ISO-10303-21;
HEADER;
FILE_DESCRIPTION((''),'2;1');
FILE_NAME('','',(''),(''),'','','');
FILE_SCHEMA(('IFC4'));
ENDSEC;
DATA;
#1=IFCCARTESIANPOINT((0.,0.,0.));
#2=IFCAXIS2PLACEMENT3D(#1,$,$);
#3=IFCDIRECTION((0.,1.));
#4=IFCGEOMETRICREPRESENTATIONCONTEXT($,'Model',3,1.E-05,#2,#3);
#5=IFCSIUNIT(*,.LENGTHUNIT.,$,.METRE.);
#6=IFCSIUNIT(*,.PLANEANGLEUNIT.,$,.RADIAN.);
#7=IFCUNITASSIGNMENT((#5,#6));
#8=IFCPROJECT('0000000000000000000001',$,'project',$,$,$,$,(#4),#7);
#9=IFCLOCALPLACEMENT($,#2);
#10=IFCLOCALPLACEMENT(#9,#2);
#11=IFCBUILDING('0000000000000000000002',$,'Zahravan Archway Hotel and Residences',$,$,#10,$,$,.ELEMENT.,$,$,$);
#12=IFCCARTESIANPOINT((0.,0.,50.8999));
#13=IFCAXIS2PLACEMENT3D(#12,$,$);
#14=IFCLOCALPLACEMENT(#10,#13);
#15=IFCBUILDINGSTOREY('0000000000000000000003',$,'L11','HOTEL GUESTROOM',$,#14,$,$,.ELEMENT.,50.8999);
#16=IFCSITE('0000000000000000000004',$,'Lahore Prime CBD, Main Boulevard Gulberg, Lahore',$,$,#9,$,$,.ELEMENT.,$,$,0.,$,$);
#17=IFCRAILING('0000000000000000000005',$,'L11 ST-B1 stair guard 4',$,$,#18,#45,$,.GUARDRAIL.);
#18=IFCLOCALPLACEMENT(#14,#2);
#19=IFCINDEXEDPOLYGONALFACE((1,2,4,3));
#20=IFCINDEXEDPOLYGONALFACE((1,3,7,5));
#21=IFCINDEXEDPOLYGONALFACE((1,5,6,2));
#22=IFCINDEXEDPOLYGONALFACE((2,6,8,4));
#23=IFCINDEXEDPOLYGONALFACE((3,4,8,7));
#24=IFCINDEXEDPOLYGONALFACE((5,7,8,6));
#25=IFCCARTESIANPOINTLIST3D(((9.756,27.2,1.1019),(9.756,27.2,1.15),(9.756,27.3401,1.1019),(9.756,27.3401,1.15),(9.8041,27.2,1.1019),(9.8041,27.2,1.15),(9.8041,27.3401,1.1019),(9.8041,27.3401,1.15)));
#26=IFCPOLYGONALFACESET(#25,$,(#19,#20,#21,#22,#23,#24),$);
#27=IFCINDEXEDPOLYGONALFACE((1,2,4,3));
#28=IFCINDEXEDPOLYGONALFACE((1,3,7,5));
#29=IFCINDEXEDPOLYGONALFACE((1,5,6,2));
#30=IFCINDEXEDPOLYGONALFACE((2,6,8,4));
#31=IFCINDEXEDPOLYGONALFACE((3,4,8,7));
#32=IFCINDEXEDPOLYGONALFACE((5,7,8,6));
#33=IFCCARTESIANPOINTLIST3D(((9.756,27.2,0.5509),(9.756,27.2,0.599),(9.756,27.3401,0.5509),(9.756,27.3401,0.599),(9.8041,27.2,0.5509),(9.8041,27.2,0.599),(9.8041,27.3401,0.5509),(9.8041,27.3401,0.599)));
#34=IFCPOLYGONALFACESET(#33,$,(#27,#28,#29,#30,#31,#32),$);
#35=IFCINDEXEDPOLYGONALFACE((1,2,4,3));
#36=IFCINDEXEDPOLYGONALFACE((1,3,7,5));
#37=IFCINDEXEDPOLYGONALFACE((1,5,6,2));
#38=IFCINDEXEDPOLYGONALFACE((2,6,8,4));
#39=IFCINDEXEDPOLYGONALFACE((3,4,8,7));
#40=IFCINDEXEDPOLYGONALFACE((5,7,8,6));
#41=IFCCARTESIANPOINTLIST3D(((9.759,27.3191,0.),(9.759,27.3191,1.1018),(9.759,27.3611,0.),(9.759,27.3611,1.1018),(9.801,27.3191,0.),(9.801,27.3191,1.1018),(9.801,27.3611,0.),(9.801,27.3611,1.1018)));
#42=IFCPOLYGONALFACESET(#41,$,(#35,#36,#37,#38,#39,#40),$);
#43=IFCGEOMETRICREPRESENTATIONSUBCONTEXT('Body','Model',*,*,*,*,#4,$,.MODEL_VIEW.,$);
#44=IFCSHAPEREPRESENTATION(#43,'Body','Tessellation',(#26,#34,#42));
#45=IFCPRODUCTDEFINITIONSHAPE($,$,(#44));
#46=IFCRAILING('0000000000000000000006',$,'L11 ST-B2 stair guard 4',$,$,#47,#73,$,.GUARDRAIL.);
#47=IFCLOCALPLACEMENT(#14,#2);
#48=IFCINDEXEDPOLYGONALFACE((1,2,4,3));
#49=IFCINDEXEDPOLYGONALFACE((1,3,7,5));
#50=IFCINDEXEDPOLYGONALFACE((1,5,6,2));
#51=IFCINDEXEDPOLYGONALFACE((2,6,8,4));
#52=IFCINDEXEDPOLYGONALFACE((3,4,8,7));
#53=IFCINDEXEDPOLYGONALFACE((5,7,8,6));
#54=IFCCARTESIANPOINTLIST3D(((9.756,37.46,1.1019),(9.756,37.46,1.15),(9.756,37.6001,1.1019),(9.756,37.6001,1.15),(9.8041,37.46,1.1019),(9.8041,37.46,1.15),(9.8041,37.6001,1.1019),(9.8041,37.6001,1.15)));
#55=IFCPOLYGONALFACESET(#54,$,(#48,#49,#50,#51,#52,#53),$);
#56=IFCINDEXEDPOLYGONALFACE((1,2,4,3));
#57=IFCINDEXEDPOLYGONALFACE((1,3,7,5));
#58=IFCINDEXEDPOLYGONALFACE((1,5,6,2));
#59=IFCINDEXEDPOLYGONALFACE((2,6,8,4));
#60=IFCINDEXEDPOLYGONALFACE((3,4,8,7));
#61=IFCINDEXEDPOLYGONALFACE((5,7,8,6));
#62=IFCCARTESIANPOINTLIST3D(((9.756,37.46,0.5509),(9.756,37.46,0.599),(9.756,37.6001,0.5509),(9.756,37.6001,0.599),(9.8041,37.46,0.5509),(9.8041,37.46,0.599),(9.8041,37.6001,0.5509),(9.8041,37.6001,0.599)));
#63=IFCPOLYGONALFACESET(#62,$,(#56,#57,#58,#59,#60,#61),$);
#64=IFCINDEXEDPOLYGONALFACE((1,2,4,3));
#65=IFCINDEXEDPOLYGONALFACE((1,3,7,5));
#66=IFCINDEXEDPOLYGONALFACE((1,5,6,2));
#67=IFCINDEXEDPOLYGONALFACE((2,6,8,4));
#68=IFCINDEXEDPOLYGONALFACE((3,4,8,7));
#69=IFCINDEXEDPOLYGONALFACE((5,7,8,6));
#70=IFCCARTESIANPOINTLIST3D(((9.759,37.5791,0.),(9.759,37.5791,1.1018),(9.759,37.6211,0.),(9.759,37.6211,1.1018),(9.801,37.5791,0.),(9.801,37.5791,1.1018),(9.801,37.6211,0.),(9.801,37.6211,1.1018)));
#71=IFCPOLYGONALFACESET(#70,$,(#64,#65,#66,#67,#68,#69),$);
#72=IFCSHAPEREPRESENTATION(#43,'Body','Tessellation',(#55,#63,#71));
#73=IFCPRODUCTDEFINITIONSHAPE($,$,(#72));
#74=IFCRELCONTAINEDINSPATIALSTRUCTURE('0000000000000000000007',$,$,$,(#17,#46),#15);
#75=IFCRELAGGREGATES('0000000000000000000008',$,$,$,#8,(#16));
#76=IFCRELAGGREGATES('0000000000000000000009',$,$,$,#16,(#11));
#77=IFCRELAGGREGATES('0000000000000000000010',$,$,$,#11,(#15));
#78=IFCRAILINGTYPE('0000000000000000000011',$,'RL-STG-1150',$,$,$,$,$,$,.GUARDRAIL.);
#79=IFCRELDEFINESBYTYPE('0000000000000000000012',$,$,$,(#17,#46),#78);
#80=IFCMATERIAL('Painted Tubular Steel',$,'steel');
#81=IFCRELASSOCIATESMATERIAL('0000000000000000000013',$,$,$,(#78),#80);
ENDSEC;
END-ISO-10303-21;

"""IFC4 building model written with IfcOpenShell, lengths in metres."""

from ifc_helpers import new_model, si_unit, direction, frame, origin, origin_2d, place, context, subcontext, project, spatial, rectangle, extrude, material, type_object, element, save


model = new_model("IFC4")

# Units and contexts
model_context = context("Model", 3, precision=1e-05, world=origin(), true_north=direction((0.0, 1.0)))
body_context = subcontext(model_context, "Body", "Model", "MODEL_VIEW")
ifc_project = project(units=[si_unit("LENGTHUNIT", "METRE"), si_unit("PLANEANGLEUNIT", "RADIAN")], contexts=[model_context])

# Site, building, storey
site_placement = place(None, origin())
site = spatial("IfcSite", under=ifc_project, at=site_placement, Name="Lahore Prime CBD, Main Boulevard Gulberg, Lahore", CompositionType="ELEMENT", RefElevation=0.0)
building_placement = place(site_placement, origin())
building = spatial("IfcBuilding", under=site, at=building_placement, Name="Zahravan Archway Hotel and Residences", CompositionType="ELEMENT")
storey_placement = place(building_placement, frame((0.0, 0.0, 50.8999)))
storey = spatial("IfcBuildingStorey", under=building, at=storey_placement, Name="L11", Description="HOTEL GUESTROOM", CompositionType="ELEMENT", Elevation=50.8999)

# Railings
ifc_material_1 = material(Name="Painted Tubular Steel", Category="steel")
railing_type = type_object("IfcRailingType", Name="RL-STG-1150", PredefinedType="GUARDRAIL", material=ifc_material_1)
for number, where, name in (
    (1, (9.78, 27.3401, 0.0), "L11 ST-B1 stair guard 4"),
    (2, (9.78, 37.6001, 0.0), "L11 ST-B2 stair guard 4"),
):
    element("IfcRailing", number, at=place(storey_placement, frame(where)), inside=storey, type_object=railing_type, Name=name, PredefinedType="GUARDRAIL", context=body_context, shape_type="SweptSolid", body=[
        extrude(rectangle(XDim=0.0481, YDim=0.0481, at=origin_2d()), frame((0.0, 0.0, 1.126), z_axis=(0.0, -1.0, 0.0), x_axis=(1.0, 0.0, 0.0)), (0.0, 0.0, 1.0), 0.1401),
        extrude(rectangle(XDim=0.0481, YDim=0.0481, at=origin_2d()), frame((0.0, 0.0, 0.575), z_axis=(0.0, -1.0, 0.0), x_axis=(1.0, 0.0, 0.0)), (0.0, 0.0, 1.0), 0.1401),
        extrude(rectangle(XDim=0.042, YDim=0.042, at=origin_2d()), origin(), (0.0, 0.0, 1.0), 1.1018),
    ])

save(model, "model.ifc")
